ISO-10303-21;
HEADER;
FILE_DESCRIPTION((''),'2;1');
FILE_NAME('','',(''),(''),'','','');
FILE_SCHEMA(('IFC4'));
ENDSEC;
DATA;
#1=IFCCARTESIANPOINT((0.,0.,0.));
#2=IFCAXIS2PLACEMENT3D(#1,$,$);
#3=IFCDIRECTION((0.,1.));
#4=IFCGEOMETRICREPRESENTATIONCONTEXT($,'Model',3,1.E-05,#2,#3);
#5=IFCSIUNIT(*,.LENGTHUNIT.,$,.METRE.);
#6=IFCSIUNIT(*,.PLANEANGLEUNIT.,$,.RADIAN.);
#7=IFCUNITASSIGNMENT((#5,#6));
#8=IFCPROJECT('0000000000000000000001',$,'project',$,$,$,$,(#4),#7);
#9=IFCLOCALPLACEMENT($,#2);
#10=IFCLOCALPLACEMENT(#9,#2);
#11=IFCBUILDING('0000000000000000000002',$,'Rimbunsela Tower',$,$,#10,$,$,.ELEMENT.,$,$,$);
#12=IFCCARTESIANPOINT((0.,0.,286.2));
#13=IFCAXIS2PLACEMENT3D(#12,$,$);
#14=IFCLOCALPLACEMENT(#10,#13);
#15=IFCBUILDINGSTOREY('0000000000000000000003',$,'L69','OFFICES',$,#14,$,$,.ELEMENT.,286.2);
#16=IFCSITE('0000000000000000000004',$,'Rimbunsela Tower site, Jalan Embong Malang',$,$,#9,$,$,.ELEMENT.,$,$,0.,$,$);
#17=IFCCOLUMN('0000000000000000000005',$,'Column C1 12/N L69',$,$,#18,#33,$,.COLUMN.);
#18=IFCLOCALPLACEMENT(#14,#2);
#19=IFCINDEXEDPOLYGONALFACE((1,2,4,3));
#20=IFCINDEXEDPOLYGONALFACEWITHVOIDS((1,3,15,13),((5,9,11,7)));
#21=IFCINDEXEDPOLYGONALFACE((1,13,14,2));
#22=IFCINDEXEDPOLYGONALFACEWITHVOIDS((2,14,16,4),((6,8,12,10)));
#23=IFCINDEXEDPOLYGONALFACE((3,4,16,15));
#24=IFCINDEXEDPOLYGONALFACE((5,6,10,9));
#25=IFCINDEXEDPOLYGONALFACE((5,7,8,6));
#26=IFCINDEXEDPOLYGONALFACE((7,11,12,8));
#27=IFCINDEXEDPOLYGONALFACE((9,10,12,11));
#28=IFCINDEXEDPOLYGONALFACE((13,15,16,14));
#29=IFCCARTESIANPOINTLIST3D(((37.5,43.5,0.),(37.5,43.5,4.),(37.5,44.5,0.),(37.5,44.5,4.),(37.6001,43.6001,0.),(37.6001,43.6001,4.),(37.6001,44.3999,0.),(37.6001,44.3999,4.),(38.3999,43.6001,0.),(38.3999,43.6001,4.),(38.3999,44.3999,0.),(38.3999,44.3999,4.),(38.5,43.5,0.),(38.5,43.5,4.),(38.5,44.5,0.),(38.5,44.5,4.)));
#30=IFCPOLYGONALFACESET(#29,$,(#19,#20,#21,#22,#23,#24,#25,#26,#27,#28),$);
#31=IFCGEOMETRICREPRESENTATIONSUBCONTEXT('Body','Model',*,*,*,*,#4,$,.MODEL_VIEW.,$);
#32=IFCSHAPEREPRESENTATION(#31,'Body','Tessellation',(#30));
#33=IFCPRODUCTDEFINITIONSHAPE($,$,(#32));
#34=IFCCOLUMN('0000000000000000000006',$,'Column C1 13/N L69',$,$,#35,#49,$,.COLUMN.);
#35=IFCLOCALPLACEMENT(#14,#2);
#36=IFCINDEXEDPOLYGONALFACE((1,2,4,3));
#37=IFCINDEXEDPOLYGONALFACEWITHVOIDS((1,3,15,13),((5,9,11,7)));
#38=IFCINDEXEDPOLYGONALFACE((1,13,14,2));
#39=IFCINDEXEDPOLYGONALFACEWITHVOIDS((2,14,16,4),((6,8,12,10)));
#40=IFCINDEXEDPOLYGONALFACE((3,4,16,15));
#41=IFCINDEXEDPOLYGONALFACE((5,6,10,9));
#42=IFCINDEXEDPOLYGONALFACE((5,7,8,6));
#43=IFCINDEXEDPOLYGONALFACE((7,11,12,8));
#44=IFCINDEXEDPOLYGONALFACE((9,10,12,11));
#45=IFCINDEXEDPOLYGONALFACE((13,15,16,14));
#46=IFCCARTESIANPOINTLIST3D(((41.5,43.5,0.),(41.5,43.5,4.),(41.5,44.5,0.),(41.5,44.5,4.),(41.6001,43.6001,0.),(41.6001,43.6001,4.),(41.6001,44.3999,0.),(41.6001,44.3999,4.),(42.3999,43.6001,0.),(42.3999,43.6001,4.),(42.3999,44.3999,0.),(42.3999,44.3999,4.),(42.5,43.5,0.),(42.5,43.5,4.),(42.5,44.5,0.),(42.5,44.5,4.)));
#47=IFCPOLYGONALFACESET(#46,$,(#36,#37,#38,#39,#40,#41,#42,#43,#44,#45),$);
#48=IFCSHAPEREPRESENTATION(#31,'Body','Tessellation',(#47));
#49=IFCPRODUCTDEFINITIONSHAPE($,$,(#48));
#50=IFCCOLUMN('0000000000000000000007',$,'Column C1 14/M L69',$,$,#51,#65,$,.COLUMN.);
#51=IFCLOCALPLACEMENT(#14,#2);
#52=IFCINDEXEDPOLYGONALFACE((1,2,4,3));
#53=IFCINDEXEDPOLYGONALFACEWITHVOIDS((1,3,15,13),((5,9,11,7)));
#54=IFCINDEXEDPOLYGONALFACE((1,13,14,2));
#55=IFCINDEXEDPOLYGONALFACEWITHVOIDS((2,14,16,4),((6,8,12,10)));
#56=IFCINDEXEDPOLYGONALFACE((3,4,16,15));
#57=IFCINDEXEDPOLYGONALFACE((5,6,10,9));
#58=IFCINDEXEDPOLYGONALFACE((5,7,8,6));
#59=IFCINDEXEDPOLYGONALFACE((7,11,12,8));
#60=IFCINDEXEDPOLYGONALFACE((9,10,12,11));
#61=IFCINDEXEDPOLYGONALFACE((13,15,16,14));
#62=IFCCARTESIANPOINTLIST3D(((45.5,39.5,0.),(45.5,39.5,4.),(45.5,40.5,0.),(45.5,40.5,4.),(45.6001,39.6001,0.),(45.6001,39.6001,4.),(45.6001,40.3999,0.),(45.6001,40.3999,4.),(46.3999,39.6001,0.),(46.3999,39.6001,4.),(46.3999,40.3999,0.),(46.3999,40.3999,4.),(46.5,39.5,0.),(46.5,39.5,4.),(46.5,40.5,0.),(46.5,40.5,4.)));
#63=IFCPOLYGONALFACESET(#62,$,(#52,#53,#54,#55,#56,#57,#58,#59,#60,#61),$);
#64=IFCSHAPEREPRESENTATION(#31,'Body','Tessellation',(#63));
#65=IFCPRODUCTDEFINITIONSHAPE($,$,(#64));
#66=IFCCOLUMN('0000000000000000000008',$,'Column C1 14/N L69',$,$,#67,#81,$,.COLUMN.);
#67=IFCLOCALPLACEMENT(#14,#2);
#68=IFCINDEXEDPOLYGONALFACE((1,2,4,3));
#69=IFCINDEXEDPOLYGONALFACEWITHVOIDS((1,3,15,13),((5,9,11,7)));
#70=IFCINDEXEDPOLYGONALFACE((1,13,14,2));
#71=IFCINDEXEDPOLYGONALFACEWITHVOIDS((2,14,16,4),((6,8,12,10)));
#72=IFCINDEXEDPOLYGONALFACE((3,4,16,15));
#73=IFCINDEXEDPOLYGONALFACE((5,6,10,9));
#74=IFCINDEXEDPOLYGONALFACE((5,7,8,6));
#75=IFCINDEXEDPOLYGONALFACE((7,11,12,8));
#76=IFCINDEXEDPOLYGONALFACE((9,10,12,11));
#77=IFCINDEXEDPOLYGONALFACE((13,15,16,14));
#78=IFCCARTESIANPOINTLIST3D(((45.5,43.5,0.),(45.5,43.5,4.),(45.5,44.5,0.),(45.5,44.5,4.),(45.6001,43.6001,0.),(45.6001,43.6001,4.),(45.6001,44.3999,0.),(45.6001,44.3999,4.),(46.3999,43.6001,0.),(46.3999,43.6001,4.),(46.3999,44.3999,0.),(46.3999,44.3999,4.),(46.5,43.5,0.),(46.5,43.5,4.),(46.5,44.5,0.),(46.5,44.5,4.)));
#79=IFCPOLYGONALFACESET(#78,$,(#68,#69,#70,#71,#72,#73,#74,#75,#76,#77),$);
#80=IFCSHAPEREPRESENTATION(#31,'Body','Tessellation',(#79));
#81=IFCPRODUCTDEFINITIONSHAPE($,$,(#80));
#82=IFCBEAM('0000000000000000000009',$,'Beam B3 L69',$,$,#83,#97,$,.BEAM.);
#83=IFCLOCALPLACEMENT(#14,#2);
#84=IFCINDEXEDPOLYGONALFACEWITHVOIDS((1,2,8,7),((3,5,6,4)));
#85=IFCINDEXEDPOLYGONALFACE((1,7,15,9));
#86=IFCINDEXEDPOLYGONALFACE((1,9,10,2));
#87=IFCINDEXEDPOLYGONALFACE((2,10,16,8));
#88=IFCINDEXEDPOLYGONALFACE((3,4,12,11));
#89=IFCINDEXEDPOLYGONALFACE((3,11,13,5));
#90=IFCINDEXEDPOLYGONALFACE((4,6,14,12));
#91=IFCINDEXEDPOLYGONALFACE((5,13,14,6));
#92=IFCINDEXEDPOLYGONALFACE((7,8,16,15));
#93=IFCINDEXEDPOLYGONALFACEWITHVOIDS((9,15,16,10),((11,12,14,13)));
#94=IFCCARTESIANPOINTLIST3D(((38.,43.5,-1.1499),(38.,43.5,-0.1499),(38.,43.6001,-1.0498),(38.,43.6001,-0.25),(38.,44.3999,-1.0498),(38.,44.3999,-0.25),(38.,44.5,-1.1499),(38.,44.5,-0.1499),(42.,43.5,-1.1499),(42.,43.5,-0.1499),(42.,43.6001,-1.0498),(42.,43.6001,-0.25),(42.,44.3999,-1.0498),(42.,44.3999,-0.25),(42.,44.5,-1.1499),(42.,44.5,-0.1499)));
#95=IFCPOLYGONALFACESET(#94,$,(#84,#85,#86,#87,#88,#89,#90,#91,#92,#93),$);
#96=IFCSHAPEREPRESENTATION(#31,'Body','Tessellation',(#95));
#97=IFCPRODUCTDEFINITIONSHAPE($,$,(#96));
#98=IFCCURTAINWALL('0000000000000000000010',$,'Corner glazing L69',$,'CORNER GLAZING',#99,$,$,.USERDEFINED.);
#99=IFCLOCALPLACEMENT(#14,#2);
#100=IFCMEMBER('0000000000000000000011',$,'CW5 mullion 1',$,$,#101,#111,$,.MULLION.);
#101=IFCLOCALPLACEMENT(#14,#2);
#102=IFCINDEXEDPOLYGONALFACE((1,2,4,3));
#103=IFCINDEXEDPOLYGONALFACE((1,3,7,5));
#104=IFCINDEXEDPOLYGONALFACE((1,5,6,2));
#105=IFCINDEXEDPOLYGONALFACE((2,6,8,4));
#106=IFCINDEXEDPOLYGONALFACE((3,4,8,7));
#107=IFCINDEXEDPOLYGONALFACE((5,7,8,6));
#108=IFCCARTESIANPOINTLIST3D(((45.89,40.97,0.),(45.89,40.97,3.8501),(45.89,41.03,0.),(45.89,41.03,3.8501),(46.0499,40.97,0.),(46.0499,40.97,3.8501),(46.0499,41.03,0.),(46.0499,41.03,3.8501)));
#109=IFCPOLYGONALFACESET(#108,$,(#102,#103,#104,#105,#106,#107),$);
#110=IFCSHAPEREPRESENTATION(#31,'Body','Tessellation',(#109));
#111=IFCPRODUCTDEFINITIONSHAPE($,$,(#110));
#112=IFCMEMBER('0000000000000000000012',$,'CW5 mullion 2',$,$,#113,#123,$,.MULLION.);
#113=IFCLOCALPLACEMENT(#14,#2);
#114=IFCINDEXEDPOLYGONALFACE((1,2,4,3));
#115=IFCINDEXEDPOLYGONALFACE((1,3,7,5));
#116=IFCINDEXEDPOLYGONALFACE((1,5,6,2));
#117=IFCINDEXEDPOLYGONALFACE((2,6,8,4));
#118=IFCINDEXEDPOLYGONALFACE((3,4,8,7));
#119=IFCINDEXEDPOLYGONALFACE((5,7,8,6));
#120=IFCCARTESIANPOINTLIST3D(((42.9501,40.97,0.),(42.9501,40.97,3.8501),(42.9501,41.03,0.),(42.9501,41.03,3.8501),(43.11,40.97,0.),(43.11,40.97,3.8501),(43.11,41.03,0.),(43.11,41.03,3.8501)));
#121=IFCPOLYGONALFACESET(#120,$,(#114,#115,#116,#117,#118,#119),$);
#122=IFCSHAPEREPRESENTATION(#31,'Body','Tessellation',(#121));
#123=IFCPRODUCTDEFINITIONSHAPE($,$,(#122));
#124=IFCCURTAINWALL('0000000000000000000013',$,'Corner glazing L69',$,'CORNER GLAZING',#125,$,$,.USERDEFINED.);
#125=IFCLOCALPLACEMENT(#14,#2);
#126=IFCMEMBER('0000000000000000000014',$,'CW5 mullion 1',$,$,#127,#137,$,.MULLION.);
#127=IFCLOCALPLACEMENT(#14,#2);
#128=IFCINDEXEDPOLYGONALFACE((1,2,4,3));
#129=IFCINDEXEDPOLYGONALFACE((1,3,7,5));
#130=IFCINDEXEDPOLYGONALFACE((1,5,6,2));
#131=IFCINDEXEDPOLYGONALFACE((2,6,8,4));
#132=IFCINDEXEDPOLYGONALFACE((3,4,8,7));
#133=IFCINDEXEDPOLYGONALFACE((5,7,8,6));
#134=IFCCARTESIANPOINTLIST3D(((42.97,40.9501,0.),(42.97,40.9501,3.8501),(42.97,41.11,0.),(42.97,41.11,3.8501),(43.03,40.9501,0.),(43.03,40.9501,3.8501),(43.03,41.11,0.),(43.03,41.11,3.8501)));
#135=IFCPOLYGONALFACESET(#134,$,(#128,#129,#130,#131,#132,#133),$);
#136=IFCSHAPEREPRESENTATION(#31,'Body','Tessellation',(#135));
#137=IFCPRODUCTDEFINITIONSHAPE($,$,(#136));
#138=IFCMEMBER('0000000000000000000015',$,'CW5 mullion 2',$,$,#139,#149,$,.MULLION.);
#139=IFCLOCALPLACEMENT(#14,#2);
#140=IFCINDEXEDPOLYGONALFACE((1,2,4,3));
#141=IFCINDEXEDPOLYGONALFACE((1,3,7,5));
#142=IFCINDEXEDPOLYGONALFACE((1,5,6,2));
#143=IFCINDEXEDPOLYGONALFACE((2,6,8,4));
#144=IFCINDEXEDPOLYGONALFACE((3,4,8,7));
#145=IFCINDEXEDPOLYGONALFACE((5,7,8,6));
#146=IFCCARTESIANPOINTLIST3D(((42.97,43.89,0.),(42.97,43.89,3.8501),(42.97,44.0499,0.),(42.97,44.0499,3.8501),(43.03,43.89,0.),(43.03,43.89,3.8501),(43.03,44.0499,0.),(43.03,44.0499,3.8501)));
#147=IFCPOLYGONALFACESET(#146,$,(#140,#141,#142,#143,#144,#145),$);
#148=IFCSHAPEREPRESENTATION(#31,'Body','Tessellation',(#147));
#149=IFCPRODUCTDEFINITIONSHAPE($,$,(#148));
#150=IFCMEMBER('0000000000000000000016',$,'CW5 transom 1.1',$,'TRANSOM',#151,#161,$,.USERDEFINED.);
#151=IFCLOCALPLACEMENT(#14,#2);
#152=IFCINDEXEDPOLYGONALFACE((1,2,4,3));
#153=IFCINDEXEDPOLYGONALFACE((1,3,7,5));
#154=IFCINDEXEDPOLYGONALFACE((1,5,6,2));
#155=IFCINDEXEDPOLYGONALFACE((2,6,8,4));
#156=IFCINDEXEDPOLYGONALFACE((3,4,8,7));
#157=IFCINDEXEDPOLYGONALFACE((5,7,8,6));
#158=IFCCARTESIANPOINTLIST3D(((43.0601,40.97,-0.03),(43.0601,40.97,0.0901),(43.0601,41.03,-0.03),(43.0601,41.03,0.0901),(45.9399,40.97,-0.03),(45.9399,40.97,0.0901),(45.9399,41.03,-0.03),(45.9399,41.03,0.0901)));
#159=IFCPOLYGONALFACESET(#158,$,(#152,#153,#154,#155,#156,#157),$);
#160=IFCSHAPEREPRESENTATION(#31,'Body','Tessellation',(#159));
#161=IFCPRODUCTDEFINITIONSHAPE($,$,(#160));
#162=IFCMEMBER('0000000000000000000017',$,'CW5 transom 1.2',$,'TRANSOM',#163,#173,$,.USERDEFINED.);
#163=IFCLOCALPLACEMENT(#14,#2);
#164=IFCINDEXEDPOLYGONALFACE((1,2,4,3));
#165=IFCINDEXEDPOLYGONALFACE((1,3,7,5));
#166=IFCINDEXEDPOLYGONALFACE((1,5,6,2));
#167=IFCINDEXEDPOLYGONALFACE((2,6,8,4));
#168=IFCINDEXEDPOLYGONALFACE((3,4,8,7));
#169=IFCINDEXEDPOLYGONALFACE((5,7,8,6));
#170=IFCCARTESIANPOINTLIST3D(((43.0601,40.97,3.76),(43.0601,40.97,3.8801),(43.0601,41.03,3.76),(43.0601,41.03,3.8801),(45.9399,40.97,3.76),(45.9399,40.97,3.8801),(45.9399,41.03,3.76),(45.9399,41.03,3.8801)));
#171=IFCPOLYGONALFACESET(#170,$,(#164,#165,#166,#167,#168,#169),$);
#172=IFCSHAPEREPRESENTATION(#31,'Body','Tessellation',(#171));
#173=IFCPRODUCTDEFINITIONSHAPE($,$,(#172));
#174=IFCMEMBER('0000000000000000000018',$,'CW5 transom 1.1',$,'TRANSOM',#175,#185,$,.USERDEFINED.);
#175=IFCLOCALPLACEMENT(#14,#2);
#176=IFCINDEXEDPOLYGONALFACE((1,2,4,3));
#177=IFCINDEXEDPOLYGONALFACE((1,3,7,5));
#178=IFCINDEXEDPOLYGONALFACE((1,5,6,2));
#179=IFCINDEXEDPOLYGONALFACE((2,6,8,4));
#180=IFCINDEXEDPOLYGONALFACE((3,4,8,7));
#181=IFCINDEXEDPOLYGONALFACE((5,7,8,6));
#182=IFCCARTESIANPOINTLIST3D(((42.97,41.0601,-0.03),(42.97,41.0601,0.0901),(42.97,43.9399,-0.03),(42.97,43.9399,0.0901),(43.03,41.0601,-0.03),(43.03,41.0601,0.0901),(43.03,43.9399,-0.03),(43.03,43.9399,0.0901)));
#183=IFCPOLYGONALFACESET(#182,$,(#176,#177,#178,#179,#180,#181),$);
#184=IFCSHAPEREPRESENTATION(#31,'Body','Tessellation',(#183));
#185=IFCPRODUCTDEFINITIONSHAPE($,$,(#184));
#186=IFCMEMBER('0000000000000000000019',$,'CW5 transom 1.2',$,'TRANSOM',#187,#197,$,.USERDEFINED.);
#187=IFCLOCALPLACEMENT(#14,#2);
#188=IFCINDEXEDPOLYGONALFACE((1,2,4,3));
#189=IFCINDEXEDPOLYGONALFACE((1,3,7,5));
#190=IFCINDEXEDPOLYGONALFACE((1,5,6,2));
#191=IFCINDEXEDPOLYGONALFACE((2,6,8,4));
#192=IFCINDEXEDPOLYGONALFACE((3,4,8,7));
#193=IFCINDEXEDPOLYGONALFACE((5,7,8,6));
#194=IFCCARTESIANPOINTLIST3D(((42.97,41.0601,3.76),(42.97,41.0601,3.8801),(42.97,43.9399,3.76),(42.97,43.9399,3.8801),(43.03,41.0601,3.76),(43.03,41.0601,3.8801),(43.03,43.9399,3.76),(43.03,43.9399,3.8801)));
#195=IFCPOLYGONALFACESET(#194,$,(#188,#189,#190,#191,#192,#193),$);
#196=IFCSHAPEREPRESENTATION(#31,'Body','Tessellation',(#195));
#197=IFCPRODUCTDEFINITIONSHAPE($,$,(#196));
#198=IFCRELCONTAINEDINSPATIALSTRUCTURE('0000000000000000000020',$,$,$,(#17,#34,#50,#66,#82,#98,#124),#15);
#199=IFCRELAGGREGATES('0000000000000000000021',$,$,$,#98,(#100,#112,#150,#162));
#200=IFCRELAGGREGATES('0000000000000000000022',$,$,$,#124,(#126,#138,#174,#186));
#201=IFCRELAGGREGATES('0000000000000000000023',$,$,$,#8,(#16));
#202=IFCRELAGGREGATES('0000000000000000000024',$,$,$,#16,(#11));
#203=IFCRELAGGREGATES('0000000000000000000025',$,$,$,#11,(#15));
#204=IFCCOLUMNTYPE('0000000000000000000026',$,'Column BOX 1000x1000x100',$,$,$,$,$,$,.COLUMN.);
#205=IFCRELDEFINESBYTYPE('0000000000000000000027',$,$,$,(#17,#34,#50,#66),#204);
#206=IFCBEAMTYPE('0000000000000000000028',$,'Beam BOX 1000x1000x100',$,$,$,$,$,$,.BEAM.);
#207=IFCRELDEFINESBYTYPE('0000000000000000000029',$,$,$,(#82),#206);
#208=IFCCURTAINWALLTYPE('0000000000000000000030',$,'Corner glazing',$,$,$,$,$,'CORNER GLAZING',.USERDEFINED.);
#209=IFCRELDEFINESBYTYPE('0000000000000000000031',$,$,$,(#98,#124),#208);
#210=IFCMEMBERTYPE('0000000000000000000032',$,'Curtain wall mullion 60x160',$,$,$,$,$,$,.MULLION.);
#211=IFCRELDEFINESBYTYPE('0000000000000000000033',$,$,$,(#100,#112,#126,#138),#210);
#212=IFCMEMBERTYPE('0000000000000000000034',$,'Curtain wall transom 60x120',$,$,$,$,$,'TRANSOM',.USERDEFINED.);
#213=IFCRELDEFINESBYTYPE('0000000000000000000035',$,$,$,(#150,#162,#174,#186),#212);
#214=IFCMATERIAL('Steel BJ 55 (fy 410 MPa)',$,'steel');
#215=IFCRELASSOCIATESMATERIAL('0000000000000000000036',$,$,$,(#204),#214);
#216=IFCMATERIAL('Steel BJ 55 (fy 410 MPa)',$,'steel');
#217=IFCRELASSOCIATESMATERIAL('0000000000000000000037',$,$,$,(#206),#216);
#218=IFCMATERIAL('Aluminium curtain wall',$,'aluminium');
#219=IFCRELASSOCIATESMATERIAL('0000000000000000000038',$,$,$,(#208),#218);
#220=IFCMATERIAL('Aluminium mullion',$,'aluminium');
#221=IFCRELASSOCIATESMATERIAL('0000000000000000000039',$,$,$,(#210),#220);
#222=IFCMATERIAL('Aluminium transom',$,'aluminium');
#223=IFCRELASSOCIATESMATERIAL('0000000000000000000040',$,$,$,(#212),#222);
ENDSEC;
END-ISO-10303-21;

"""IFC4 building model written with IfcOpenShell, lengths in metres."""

from ifc_helpers import new_model, si_unit, direction, frame, origin, origin_2d, place, context, subcontext, project, spatial, rectangle, hollow_rectangle, extrude, material, material_profile, profile_set, type_object, element, aggregate, save


model = new_model("IFC4")

# Units and contexts
model_context = context("Model", 3, precision=1e-05, world=origin(), true_north=direction((0.0, 1.0)))
body_context = subcontext(model_context, "Body", "Model", "MODEL_VIEW")
ifc_project = project(units=[si_unit("LENGTHUNIT", "METRE"), si_unit("PLANEANGLEUNIT", "RADIAN")], contexts=[model_context])

# Site, building, storey
site_placement = place(None, origin())
site = spatial("IfcSite", under=ifc_project, at=site_placement, Name="Rimbunsela Tower site, Jalan Embong Malang", CompositionType="ELEMENT", RefElevation=0.0)
building_placement = place(site_placement, origin())
building = spatial("IfcBuilding", under=site, at=building_placement, Name="Rimbunsela Tower", CompositionType="ELEMENT")
storey_placement = place(building_placement, frame((0.0, 0.0, 286.2)))
storey = spatial("IfcBuildingStorey", under=building, at=storey_placement, Name="L69", Description="OFFICES", CompositionType="ELEMENT", Elevation=286.2)

# Columns
ifc_material_1 = material(Name="Steel BJ 55 (fy 410 MPa)", Category="steel")
ifc_material_profile_1 = material_profile(ifc_material_1, hollow_rectangle(XDim=1.0, YDim=1.0, WallThickness=0.1001, at=origin_2d()), Name="BOX 1000x1000x100")
ifc_profile_set_1 = profile_set([ifc_material_profile_1], Name="Steel BJ 55 (fy 410 MPa)")
column_type = type_object("IfcColumnType", Name="Column BOX 1000x1000x100", PredefinedType="COLUMN", material=ifc_profile_set_1)
for number, where, z_axis, x_axis, name in (
    (1, (38.0, 44.0, 0.0), (0.0, 0.0, 1.0), (1.0, 0.0, 0.0), "Column C1 12/N L69"),
    (2, (42.0, 44.0, 0.0), (0.0, 0.0, 1.0), (1.0, 0.0, 0.0), "Column C1 13/N L69"),
    (3, (46.0, 40.0, 0.0), (0.0, 0.0, 1.0), (1.0, 0.0, 0.0), "Column C1 14/M L69"),
    (4, (46.0, 44.0, 0.0), (0.0, 0.0, 1.0), (1.0, 0.0, 0.0), "Column C1 14/N L69"),
):
    element("IfcColumn", number, at=place(storey_placement, frame(where, z_axis=z_axis, x_axis=x_axis)), inside=storey, type_object=column_type, Name=name, PredefinedType="COLUMN", context=body_context, shape_type="SweptSolid", body=[
        extrude(hollow_rectangle(XDim=1.0, YDim=1.0, WallThickness=0.1001, at=origin_2d()), origin(), (0.0, 0.0, 1.0), 4.0),
    ])

# Beam
ifc_material_2 = material(Name="Steel BJ 55 (fy 410 MPa)", Category="steel")
ifc_material_profile_2 = material_profile(ifc_material_2, hollow_rectangle(XDim=1.0, YDim=1.0, WallThickness=0.1001, at=origin_2d()), Name="BOX 1000x1000x100")
ifc_profile_set_2 = profile_set([ifc_material_profile_2], Name="Steel BJ 55 (fy 410 MPa)")
beam_type = type_object("IfcBeamType", Name="Beam BOX 1000x1000x100", PredefinedType="BEAM", material=ifc_profile_set_2)
beam_placement = place(storey_placement, frame((38.0, 44.0, -0.6499), z_axis=(1.0, 0.0, 0.0), x_axis=(0.0, 1.0, 0.0)))
element("IfcBeam", 5, at=beam_placement, inside=storey, type_object=beam_type, Name="Beam B3 L69", PredefinedType="BEAM", context=body_context, shape_type="SweptSolid", body=[
    extrude(hollow_rectangle(XDim=1.0, YDim=1.0, WallThickness=0.1001, at=origin_2d()), origin(), (0.0, 0.0, 1.0), 4.0),
])

# Curtain walls, members
ifc_material_3 = material(Name="Aluminium curtain wall", Category="aluminium")
curtain_wall_type = type_object("IfcCurtainWallType", Name="Corner glazing", ElementType="CORNER GLAZING", PredefinedType="USERDEFINED", material=ifc_material_3)
curtain_wall_1_placement = place(storey_placement, origin())
curtain_wall_1 = element("IfcCurtainWall", 6, at=curtain_wall_1_placement, inside=storey, type_object=curtain_wall_type, Name="Corner glazing L69", ObjectType="CORNER GLAZING", PredefinedType="USERDEFINED")
ifc_material_4 = material(Name="Aluminium mullion", Category="aluminium")
ifc_material_profile_3 = material_profile(ifc_material_4, rectangle(XDim=0.0601, YDim=0.1599, at=origin_2d()), Name="Mullion 60x160")
ifc_profile_set_3 = profile_set([ifc_material_profile_3], Name="Aluminium mullion")
member_type_1 = type_object("IfcMemberType", Name="Curtain wall mullion 60x160", PredefinedType="MULLION", material=ifc_profile_set_3)
member_1_placement = place(storey_placement, frame((45.97, 41.0, 0.0), z_axis=(0.0, 0.0, 1.0), x_axis=(0.0, -1.0, 0.0)))
member_1 = element("IfcMember", 7, at=member_1_placement, type_object=member_type_1, Name="CW5 mullion 1", PredefinedType="MULLION", context=body_context, shape_type="SweptSolid", body=[
    extrude(rectangle(XDim=0.0601, YDim=0.1599, at=origin_2d()), origin(), (0.0, 0.0, 1.0), 3.8501),
])
member_2_placement = place(storey_placement, frame((43.03, 41.0, 0.0), z_axis=(0.0, 0.0, 1.0), x_axis=(0.0, -1.0, 0.0)))
member_2 = element("IfcMember", 8, at=member_2_placement, type_object=member_type_1, Name="CW5 mullion 2", PredefinedType="MULLION", context=body_context, shape_type="SweptSolid", body=[
    extrude(rectangle(XDim=0.0601, YDim=0.1599, at=origin_2d()), origin(), (0.0, 0.0, 1.0), 3.8501),
])
curtain_wall_2_placement = place(storey_placement, origin())
curtain_wall_2 = element("IfcCurtainWall", 9, at=curtain_wall_2_placement, inside=storey, type_object=curtain_wall_type, Name="Corner glazing L69", ObjectType="CORNER GLAZING", PredefinedType="USERDEFINED")
member_3_placement = place(storey_placement, frame((43.0, 41.03, 0.0), z_axis=(0.0, 0.0, 1.0), x_axis=(-1.0, 0.0, 0.0)))
member_3 = element("IfcMember", 10, at=member_3_placement, type_object=member_type_1, Name="CW5 mullion 1", PredefinedType="MULLION", context=body_context, shape_type="SweptSolid", body=[
    extrude(rectangle(XDim=0.0601, YDim=0.1599, at=origin_2d()), origin(), (0.0, 0.0, 1.0), 3.8501),
])
member_4_placement = place(storey_placement, frame((43.0, 43.97, 0.0), z_axis=(0.0, 0.0, 1.0), x_axis=(-1.0, 0.0, 0.0)))
member_4 = element("IfcMember", 11, at=member_4_placement, type_object=member_type_1, Name="CW5 mullion 2", PredefinedType="MULLION", context=body_context, shape_type="SweptSolid", body=[
    extrude(rectangle(XDim=0.0601, YDim=0.1599, at=origin_2d()), origin(), (0.0, 0.0, 1.0), 3.8501),
])

# Members
ifc_material_5 = material(Name="Aluminium transom", Category="aluminium")
ifc_material_profile_4 = material_profile(ifc_material_5, rectangle(XDim=0.0601, YDim=0.1201, at=origin_2d()), Name="Transom 60x120")
ifc_profile_set_4 = profile_set([ifc_material_profile_4], Name="Aluminium transom")
member_type_2 = type_object("IfcMemberType", Name="Curtain wall transom 60x120", ElementType="TRANSOM", PredefinedType="USERDEFINED", material=ifc_profile_set_4)
member_5_placement = place(storey_placement, frame((45.9399, 41.0, 0.03), z_axis=(-1.0, 0.0, 0.0), x_axis=(0.0, -1.0, 0.0)))
member_5 = element("IfcMember", 12, at=member_5_placement, type_object=member_type_2, Name="CW5 transom 1.1", ObjectType="TRANSOM", PredefinedType="USERDEFINED", context=body_context, shape_type="SweptSolid", body=[
    extrude(rectangle(XDim=0.0601, YDim=0.1201, at=origin_2d()), origin(), (0.0, 0.0, 1.0), 2.8799),
])
member_6_placement = place(storey_placement, frame((45.9399, 41.0, 3.8201), z_axis=(-1.0, 0.0, 0.0), x_axis=(0.0, -1.0, 0.0)))
member_6 = element("IfcMember", 13, at=member_6_placement, type_object=member_type_2, Name="CW5 transom 1.2", ObjectType="TRANSOM", PredefinedType="USERDEFINED", context=body_context, shape_type="SweptSolid", body=[
    extrude(rectangle(XDim=0.0601, YDim=0.1201, at=origin_2d()), origin(), (0.0, 0.0, 1.0), 2.8799),
])
member_7_placement = place(storey_placement, frame((43.0, 41.0601, 0.03), z_axis=(0.0, 1.0, 0.0), x_axis=(-1.0, 0.0, 0.0)))
member_7 = element("IfcMember", 14, at=member_7_placement, type_object=member_type_2, Name="CW5 transom 1.1", ObjectType="TRANSOM", PredefinedType="USERDEFINED", context=body_context, shape_type="SweptSolid", body=[
    extrude(rectangle(XDim=0.0601, YDim=0.1201, at=origin_2d()), origin(), (0.0, 0.0, 1.0), 2.8799),
])
member_8_placement = place(storey_placement, frame((43.0, 41.0601, 3.8201), z_axis=(0.0, 1.0, 0.0), x_axis=(-1.0, 0.0, 0.0)))
member_8 = element("IfcMember", 15, at=member_8_placement, type_object=member_type_2, Name="CW5 transom 1.2", ObjectType="TRANSOM", PredefinedType="USERDEFINED", context=body_context, shape_type="SweptSolid", body=[
    extrude(rectangle(XDim=0.0601, YDim=0.1201, at=origin_2d()), origin(), (0.0, 0.0, 1.0), 2.8799),
])

aggregate(curtain_wall_1, [member_1, member_2, member_5, member_6])
aggregate(curtain_wall_2, [member_3, member_4, member_7, member_8])

save(model, "model.ifc")
